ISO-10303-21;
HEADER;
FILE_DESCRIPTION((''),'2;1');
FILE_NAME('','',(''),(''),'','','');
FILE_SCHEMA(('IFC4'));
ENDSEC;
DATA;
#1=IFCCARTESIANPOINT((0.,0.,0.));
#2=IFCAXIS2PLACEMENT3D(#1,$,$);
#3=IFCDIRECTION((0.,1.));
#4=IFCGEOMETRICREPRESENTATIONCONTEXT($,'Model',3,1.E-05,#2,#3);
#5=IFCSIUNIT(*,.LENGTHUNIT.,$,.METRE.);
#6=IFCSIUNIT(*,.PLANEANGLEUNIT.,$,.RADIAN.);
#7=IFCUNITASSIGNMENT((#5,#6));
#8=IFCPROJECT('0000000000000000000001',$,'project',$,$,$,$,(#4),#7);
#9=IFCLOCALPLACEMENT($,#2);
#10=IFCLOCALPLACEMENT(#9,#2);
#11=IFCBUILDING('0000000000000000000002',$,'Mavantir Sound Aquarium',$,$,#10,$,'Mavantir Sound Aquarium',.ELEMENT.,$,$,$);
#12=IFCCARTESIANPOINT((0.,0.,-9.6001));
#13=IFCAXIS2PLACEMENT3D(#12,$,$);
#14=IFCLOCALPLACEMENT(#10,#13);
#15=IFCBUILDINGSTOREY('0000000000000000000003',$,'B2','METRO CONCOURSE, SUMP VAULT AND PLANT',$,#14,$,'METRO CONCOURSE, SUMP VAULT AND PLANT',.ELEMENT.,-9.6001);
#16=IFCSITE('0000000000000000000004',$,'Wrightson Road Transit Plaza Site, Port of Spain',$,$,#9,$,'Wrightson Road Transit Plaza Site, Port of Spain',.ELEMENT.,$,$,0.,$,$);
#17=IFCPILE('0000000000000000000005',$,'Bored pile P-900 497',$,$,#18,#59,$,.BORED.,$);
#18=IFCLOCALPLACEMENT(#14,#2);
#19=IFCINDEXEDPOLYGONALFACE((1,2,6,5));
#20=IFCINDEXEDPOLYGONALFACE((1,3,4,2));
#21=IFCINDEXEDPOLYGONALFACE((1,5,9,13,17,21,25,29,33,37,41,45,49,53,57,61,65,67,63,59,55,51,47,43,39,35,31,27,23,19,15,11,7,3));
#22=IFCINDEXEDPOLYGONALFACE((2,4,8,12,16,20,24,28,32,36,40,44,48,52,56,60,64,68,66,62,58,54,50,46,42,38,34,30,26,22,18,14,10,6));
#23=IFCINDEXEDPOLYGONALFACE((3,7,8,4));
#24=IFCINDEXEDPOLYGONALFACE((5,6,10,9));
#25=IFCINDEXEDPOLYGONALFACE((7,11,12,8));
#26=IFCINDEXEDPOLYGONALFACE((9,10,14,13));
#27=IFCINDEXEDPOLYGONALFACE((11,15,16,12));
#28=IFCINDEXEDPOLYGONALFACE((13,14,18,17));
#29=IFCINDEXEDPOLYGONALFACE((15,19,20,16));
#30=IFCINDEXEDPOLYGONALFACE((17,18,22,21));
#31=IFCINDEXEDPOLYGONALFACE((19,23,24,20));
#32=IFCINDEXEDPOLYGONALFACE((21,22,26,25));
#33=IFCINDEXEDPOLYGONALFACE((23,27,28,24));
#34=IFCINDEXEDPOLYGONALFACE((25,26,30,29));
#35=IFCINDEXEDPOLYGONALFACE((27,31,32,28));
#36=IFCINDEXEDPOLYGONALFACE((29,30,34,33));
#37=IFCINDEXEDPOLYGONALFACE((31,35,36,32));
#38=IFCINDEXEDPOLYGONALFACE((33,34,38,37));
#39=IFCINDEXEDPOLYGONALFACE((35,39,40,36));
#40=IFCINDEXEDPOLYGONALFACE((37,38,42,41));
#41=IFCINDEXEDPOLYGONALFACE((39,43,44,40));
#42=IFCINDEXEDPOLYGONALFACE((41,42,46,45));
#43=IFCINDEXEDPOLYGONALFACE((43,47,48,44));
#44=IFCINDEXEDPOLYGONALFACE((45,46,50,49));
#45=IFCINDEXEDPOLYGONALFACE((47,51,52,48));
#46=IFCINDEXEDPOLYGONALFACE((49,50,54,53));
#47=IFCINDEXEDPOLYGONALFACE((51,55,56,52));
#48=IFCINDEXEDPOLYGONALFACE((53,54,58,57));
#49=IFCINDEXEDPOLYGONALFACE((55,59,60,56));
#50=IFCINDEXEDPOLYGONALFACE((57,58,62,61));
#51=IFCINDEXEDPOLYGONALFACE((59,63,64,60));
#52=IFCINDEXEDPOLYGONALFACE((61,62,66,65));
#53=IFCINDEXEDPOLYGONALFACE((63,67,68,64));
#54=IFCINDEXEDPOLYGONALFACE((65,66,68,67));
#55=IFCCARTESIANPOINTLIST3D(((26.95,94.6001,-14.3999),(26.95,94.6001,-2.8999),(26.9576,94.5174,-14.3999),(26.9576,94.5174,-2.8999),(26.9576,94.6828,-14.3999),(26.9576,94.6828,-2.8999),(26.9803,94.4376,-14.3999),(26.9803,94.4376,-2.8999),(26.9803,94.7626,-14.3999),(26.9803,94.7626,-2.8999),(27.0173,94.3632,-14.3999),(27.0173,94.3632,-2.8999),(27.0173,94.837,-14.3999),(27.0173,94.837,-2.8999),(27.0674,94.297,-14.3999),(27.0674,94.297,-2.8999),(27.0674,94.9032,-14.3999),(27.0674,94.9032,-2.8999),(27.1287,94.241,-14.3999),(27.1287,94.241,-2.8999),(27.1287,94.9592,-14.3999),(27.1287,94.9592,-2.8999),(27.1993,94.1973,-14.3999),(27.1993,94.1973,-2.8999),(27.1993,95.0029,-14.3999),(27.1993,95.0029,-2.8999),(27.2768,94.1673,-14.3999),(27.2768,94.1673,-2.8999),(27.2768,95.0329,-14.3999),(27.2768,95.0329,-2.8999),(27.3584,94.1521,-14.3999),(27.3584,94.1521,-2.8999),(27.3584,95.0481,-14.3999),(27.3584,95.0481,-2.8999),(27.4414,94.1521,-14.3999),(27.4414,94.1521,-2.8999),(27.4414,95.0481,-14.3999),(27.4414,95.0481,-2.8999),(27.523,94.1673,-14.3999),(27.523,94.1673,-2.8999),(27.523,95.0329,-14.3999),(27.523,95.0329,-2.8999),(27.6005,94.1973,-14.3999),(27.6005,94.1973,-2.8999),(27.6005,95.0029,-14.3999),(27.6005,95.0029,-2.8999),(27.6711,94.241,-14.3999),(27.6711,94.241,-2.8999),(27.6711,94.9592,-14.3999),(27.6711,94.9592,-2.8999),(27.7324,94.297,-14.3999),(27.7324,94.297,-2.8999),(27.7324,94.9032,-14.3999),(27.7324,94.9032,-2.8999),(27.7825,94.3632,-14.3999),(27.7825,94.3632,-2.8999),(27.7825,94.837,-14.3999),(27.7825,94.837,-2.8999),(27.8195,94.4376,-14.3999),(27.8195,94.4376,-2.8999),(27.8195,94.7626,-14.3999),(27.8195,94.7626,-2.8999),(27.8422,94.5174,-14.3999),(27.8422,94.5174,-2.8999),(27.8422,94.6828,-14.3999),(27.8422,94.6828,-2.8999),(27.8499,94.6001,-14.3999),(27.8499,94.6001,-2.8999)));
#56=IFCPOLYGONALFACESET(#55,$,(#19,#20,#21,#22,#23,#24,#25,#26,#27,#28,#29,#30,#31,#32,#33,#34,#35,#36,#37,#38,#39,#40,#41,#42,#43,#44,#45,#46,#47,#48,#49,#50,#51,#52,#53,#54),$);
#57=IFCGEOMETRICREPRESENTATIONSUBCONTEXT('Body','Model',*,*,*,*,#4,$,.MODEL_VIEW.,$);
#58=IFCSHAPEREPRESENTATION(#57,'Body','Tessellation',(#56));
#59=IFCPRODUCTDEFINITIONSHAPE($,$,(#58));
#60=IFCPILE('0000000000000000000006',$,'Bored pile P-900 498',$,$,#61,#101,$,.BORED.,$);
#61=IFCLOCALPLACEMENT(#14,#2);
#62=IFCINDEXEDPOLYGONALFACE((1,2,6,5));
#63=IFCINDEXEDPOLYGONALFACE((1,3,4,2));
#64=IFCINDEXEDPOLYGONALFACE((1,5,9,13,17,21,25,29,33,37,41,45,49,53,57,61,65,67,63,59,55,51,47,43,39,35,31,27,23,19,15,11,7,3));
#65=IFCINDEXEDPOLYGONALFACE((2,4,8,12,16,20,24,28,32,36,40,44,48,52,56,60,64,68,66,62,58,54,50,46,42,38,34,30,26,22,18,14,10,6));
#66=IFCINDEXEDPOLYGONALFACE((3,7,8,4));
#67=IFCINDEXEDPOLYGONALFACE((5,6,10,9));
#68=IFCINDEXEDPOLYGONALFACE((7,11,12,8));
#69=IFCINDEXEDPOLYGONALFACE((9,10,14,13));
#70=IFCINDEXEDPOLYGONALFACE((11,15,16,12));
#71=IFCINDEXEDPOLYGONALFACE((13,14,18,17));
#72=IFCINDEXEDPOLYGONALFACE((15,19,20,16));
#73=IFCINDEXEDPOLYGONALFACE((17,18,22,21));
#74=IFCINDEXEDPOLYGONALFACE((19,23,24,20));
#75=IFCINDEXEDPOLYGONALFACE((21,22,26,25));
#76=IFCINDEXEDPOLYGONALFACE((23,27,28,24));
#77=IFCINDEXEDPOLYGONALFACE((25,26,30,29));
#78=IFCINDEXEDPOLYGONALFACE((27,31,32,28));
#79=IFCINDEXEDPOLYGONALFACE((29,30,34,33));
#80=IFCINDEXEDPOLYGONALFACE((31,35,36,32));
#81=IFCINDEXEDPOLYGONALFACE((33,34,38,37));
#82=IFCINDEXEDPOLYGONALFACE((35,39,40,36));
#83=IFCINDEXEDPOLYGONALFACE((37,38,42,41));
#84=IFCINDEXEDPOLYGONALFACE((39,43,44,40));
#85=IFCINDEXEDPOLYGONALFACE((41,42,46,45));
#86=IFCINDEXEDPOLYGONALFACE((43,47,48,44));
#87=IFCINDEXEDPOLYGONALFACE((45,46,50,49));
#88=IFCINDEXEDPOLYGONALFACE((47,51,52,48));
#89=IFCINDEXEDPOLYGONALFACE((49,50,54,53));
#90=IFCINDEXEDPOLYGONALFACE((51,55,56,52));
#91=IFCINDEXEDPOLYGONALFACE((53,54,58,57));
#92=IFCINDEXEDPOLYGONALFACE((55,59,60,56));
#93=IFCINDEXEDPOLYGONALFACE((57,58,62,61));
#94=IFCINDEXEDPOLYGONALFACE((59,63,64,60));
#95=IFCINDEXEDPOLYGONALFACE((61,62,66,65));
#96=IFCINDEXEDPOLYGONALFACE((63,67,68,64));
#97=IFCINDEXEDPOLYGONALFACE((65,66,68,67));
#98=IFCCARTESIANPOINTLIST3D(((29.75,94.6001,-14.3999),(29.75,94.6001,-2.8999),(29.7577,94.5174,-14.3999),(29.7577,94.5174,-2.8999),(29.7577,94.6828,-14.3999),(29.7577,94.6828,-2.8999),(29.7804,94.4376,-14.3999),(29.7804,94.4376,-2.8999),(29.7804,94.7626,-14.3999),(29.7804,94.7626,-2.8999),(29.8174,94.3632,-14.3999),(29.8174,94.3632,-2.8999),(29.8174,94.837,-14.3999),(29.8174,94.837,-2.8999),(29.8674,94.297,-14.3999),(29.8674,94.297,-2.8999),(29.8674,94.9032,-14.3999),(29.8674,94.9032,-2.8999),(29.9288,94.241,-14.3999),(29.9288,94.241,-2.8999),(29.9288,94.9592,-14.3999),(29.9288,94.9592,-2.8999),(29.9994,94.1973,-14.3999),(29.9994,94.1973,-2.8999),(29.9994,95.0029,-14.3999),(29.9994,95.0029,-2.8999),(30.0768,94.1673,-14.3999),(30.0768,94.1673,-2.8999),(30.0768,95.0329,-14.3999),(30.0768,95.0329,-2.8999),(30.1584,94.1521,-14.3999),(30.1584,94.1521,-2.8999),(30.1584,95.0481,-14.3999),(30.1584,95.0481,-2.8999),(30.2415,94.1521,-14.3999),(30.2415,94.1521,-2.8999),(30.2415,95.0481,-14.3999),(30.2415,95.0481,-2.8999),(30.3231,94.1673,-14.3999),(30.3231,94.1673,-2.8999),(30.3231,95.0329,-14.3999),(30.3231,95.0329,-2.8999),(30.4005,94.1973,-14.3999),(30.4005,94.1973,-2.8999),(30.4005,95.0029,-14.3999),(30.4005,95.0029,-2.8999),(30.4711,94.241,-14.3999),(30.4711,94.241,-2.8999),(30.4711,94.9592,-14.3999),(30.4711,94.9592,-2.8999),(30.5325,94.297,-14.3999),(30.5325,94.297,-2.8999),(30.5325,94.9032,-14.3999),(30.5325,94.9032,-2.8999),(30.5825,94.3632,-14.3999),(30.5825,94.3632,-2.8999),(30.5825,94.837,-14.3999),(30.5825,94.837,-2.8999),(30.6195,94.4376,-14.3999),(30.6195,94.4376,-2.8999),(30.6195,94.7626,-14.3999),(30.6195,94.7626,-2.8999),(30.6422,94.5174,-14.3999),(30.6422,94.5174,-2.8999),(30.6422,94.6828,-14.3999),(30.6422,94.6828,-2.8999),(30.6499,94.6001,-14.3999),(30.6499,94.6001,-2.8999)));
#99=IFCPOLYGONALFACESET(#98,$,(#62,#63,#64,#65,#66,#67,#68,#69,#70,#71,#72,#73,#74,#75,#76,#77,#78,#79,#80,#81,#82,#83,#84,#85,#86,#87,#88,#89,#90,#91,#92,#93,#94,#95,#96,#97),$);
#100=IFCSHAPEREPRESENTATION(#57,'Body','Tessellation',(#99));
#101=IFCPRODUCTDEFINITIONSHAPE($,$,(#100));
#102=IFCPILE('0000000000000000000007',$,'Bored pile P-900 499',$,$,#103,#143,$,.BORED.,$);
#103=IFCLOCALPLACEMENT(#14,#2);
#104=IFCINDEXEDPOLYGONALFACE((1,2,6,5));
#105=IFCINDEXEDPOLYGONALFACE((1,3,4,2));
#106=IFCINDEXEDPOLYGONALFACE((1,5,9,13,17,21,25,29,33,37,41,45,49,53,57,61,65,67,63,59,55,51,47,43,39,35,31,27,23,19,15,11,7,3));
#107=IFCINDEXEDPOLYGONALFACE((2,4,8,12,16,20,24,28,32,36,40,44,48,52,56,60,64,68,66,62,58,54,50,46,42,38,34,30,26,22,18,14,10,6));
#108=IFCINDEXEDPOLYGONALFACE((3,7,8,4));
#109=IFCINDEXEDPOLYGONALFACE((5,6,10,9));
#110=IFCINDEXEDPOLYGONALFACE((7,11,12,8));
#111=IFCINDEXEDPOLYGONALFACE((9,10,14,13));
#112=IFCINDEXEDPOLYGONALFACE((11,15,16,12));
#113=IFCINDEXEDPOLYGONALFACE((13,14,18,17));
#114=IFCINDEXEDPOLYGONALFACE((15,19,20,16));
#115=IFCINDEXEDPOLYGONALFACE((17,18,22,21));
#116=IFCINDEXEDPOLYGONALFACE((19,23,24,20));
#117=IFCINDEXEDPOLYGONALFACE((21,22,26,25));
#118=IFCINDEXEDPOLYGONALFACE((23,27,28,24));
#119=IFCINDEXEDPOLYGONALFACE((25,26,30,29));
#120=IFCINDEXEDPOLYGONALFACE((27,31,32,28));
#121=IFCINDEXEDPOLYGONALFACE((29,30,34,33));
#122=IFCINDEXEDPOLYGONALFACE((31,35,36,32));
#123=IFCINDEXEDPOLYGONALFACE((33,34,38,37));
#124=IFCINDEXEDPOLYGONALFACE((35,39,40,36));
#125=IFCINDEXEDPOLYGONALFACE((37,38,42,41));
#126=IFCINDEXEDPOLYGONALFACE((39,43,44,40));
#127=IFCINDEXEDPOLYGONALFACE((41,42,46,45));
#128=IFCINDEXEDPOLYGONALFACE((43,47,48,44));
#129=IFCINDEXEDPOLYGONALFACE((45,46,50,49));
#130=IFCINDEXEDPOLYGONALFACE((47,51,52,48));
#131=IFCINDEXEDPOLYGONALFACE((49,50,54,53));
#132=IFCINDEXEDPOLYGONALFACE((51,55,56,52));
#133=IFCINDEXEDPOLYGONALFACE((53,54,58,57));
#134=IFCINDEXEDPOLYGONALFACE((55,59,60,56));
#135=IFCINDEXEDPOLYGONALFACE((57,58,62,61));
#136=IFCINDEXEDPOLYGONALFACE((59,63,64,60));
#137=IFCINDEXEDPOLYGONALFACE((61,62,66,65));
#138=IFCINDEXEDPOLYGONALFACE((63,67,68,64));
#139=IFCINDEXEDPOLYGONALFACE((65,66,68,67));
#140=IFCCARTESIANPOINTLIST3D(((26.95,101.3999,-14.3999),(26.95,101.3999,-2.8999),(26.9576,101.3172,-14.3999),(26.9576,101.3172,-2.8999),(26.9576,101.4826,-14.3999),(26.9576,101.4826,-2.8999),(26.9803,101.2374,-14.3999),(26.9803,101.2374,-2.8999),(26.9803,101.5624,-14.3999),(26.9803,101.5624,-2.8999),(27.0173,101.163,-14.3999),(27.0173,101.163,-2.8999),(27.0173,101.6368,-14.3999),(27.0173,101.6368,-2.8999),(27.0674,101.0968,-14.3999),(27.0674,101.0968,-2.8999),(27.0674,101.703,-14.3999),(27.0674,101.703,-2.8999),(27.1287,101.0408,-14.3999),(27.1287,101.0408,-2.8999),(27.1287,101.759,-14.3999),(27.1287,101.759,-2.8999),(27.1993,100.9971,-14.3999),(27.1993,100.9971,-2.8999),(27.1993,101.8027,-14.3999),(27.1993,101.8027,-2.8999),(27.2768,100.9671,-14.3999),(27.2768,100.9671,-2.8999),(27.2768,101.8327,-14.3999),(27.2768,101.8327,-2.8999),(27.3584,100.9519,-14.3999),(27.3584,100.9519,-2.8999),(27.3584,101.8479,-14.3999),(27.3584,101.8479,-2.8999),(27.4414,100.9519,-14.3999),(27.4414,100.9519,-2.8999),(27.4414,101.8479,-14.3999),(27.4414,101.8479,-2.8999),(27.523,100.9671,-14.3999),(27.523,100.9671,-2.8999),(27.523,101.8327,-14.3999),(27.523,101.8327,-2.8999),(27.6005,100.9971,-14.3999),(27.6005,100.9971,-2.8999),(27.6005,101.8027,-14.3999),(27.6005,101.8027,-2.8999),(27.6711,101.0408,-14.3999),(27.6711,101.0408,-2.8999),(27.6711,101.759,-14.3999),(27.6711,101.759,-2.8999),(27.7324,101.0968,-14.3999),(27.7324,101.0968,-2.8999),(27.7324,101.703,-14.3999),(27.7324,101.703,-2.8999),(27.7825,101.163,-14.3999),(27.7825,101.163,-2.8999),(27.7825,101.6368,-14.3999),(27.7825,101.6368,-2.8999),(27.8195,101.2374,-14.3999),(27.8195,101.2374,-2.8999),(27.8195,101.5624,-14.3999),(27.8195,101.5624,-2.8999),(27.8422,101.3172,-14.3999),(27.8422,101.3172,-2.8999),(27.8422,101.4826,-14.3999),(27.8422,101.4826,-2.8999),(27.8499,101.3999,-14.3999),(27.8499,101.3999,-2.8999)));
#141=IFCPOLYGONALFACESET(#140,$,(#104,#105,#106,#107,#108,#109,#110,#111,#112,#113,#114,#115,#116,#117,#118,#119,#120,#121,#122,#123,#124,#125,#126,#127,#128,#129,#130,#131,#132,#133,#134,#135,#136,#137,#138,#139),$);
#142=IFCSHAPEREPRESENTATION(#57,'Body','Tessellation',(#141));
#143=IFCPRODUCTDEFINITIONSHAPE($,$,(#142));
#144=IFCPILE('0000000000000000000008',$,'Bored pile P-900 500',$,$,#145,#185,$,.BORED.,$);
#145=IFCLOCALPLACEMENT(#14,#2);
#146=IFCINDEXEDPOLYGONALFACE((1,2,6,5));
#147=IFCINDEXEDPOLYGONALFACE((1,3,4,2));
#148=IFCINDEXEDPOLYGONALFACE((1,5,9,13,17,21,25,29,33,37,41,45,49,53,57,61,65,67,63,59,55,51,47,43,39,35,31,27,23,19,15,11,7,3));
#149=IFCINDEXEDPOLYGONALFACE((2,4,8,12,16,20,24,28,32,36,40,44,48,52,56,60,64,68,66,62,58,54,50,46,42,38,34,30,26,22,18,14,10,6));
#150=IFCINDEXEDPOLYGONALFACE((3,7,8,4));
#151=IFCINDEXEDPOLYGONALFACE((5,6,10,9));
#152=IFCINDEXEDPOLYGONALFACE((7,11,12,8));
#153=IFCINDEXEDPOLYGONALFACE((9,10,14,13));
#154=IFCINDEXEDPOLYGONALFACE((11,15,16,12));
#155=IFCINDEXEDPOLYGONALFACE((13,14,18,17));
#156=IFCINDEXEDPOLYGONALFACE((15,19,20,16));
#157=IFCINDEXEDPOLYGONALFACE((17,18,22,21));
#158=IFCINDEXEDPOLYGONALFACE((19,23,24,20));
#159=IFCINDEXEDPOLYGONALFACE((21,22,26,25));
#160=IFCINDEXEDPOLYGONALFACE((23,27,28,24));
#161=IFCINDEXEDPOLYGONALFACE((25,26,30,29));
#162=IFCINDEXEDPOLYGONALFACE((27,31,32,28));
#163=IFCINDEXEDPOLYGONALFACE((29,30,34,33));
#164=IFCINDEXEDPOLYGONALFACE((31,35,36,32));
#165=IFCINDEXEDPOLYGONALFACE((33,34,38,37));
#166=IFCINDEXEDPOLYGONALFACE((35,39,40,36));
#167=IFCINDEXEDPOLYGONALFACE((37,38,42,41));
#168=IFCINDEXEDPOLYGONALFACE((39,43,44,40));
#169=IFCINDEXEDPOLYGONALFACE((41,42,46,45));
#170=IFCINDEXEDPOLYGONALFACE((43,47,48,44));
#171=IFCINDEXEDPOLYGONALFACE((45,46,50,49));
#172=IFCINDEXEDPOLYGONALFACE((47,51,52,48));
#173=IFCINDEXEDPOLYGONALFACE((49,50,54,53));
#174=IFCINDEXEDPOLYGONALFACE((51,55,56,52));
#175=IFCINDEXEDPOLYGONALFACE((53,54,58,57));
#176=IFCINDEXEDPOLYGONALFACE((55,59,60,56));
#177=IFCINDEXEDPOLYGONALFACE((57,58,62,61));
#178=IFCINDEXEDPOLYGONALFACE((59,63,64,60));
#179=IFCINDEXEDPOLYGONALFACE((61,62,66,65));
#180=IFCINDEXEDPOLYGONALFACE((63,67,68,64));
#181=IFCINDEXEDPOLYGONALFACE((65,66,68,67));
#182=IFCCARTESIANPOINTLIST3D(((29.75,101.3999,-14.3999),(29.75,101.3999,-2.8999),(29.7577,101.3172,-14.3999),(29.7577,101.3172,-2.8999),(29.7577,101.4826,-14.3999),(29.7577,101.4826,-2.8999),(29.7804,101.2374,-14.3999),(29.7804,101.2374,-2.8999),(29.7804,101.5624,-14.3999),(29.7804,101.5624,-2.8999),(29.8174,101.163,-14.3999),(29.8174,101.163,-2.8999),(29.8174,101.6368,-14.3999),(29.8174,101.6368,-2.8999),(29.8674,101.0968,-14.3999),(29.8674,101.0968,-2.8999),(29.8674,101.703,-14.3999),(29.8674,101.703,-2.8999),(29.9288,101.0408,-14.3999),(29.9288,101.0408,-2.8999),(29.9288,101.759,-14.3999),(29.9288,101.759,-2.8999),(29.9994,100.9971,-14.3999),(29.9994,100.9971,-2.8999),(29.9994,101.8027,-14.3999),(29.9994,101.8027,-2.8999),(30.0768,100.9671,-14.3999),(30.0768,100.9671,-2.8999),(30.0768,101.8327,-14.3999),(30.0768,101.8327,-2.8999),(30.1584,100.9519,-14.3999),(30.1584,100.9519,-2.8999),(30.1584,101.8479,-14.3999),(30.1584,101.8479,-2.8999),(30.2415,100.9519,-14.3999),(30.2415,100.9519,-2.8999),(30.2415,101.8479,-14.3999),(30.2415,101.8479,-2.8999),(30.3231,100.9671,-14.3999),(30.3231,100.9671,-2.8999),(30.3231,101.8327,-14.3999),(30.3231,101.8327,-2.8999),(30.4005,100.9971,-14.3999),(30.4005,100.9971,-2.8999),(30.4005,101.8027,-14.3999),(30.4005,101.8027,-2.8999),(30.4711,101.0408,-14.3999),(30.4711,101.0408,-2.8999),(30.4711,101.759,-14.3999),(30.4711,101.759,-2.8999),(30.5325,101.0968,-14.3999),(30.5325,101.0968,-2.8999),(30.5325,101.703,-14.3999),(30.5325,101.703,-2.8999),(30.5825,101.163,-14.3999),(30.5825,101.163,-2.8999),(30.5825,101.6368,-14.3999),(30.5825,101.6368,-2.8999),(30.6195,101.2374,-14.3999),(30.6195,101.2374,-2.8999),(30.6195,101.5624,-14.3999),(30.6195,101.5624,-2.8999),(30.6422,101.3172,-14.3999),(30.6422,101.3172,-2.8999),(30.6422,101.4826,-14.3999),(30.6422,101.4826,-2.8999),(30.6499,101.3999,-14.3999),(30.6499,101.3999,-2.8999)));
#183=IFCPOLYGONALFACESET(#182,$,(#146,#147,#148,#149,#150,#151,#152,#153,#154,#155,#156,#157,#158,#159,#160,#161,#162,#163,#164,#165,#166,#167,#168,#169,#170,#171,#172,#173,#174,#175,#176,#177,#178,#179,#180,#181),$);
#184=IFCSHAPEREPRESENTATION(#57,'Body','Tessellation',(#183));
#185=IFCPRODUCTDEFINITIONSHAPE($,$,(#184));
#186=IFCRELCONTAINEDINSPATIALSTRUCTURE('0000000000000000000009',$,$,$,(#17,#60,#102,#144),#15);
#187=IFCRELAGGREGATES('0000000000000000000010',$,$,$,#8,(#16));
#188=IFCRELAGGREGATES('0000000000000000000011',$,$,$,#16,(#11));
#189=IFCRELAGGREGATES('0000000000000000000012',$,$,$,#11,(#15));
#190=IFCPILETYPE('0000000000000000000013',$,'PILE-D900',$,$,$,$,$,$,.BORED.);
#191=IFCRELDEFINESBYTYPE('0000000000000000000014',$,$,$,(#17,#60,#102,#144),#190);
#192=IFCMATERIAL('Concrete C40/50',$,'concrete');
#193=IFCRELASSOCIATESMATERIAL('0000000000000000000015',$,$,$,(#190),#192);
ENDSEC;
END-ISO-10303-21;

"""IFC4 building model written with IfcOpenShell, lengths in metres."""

from ifc_helpers import new_model, si_unit, direction, frame, origin, origin_2d, place, context, subcontext, project, spatial, circle, extrude, material, material_profile, profile_set, type_object, element, save


model = new_model("IFC4")

# Units and contexts
model_context = context("Model", 3, precision=1e-05, world=origin(), true_north=direction((0.0, 1.0)))
body_context = subcontext(model_context, "Body", "Model", "MODEL_VIEW")
ifc_project = project(units=[si_unit("LENGTHUNIT", "METRE"), si_unit("PLANEANGLEUNIT", "RADIAN")], contexts=[model_context])

# Site, building, storey
site_placement = place(None, origin())
site = spatial("IfcSite", under=ifc_project, at=site_placement, Name="Wrightson Road Transit Plaza Site, Port of Spain", LongName="Wrightson Road Transit Plaza Site, Port of Spain", CompositionType="ELEMENT", RefElevation=0.0)
building_placement = place(site_placement, origin())
building = spatial("IfcBuilding", under=site, at=building_placement, Name="Mavantir Sound Aquarium", LongName="Mavantir Sound Aquarium", CompositionType="ELEMENT")
storey_placement = place(building_placement, frame((0.0, 0.0, -9.6001)))
storey = spatial("IfcBuildingStorey", under=building, at=storey_placement, Name="B2", Description="METRO CONCOURSE, SUMP VAULT AND PLANT", LongName="METRO CONCOURSE, SUMP VAULT AND PLANT", CompositionType="ELEMENT", Elevation=-9.6001)

# Shared definitions
ifc_material = material(Name="Concrete C40/50", Category="concrete")

# Piles
ifc_material_profile_1 = material_profile(ifc_material, circle(Radius=0.45, at=origin_2d()), Name="PILE D900")
ifc_profile_set_1 = profile_set([ifc_material_profile_1], Name="Concrete C40/50")
pile_type = type_object("IfcPileType", Name="PILE-D900", PredefinedType="BORED", material=ifc_profile_set_1)
for number, where, z_axis, x_axis, name in (
    (1, (27.3999, 94.6001, -2.8999), (0.0, 0.0, -1.0), (1.0, 0.0, 0.0), "Bored pile P-900 497"),
    (2, (30.2, 94.6001, -2.8999), (0.0, 0.0, -1.0), (1.0, 0.0, 0.0), "Bored pile P-900 498"),
    (3, (27.3999, 101.3999, -2.8999), (0.0, 0.0, -1.0), (1.0, 0.0, 0.0), "Bored pile P-900 499"),
    (4, (30.2, 101.3999, -2.8999), (0.0, 0.0, -1.0), (1.0, 0.0, 0.0), "Bored pile P-900 500"),
):
    element("IfcPile", number, at=place(storey_placement, frame(where, z_axis=z_axis, x_axis=x_axis)), inside=storey, type_object=pile_type, Name=name, PredefinedType="BORED", context=body_context, shape_type="SweptSolid", body=[
        extrude(circle(Radius=0.45, at=origin_2d()), origin(), (0.0, 0.0, 1.0), 11.5),
    ])

save(model, "model.ifc")
